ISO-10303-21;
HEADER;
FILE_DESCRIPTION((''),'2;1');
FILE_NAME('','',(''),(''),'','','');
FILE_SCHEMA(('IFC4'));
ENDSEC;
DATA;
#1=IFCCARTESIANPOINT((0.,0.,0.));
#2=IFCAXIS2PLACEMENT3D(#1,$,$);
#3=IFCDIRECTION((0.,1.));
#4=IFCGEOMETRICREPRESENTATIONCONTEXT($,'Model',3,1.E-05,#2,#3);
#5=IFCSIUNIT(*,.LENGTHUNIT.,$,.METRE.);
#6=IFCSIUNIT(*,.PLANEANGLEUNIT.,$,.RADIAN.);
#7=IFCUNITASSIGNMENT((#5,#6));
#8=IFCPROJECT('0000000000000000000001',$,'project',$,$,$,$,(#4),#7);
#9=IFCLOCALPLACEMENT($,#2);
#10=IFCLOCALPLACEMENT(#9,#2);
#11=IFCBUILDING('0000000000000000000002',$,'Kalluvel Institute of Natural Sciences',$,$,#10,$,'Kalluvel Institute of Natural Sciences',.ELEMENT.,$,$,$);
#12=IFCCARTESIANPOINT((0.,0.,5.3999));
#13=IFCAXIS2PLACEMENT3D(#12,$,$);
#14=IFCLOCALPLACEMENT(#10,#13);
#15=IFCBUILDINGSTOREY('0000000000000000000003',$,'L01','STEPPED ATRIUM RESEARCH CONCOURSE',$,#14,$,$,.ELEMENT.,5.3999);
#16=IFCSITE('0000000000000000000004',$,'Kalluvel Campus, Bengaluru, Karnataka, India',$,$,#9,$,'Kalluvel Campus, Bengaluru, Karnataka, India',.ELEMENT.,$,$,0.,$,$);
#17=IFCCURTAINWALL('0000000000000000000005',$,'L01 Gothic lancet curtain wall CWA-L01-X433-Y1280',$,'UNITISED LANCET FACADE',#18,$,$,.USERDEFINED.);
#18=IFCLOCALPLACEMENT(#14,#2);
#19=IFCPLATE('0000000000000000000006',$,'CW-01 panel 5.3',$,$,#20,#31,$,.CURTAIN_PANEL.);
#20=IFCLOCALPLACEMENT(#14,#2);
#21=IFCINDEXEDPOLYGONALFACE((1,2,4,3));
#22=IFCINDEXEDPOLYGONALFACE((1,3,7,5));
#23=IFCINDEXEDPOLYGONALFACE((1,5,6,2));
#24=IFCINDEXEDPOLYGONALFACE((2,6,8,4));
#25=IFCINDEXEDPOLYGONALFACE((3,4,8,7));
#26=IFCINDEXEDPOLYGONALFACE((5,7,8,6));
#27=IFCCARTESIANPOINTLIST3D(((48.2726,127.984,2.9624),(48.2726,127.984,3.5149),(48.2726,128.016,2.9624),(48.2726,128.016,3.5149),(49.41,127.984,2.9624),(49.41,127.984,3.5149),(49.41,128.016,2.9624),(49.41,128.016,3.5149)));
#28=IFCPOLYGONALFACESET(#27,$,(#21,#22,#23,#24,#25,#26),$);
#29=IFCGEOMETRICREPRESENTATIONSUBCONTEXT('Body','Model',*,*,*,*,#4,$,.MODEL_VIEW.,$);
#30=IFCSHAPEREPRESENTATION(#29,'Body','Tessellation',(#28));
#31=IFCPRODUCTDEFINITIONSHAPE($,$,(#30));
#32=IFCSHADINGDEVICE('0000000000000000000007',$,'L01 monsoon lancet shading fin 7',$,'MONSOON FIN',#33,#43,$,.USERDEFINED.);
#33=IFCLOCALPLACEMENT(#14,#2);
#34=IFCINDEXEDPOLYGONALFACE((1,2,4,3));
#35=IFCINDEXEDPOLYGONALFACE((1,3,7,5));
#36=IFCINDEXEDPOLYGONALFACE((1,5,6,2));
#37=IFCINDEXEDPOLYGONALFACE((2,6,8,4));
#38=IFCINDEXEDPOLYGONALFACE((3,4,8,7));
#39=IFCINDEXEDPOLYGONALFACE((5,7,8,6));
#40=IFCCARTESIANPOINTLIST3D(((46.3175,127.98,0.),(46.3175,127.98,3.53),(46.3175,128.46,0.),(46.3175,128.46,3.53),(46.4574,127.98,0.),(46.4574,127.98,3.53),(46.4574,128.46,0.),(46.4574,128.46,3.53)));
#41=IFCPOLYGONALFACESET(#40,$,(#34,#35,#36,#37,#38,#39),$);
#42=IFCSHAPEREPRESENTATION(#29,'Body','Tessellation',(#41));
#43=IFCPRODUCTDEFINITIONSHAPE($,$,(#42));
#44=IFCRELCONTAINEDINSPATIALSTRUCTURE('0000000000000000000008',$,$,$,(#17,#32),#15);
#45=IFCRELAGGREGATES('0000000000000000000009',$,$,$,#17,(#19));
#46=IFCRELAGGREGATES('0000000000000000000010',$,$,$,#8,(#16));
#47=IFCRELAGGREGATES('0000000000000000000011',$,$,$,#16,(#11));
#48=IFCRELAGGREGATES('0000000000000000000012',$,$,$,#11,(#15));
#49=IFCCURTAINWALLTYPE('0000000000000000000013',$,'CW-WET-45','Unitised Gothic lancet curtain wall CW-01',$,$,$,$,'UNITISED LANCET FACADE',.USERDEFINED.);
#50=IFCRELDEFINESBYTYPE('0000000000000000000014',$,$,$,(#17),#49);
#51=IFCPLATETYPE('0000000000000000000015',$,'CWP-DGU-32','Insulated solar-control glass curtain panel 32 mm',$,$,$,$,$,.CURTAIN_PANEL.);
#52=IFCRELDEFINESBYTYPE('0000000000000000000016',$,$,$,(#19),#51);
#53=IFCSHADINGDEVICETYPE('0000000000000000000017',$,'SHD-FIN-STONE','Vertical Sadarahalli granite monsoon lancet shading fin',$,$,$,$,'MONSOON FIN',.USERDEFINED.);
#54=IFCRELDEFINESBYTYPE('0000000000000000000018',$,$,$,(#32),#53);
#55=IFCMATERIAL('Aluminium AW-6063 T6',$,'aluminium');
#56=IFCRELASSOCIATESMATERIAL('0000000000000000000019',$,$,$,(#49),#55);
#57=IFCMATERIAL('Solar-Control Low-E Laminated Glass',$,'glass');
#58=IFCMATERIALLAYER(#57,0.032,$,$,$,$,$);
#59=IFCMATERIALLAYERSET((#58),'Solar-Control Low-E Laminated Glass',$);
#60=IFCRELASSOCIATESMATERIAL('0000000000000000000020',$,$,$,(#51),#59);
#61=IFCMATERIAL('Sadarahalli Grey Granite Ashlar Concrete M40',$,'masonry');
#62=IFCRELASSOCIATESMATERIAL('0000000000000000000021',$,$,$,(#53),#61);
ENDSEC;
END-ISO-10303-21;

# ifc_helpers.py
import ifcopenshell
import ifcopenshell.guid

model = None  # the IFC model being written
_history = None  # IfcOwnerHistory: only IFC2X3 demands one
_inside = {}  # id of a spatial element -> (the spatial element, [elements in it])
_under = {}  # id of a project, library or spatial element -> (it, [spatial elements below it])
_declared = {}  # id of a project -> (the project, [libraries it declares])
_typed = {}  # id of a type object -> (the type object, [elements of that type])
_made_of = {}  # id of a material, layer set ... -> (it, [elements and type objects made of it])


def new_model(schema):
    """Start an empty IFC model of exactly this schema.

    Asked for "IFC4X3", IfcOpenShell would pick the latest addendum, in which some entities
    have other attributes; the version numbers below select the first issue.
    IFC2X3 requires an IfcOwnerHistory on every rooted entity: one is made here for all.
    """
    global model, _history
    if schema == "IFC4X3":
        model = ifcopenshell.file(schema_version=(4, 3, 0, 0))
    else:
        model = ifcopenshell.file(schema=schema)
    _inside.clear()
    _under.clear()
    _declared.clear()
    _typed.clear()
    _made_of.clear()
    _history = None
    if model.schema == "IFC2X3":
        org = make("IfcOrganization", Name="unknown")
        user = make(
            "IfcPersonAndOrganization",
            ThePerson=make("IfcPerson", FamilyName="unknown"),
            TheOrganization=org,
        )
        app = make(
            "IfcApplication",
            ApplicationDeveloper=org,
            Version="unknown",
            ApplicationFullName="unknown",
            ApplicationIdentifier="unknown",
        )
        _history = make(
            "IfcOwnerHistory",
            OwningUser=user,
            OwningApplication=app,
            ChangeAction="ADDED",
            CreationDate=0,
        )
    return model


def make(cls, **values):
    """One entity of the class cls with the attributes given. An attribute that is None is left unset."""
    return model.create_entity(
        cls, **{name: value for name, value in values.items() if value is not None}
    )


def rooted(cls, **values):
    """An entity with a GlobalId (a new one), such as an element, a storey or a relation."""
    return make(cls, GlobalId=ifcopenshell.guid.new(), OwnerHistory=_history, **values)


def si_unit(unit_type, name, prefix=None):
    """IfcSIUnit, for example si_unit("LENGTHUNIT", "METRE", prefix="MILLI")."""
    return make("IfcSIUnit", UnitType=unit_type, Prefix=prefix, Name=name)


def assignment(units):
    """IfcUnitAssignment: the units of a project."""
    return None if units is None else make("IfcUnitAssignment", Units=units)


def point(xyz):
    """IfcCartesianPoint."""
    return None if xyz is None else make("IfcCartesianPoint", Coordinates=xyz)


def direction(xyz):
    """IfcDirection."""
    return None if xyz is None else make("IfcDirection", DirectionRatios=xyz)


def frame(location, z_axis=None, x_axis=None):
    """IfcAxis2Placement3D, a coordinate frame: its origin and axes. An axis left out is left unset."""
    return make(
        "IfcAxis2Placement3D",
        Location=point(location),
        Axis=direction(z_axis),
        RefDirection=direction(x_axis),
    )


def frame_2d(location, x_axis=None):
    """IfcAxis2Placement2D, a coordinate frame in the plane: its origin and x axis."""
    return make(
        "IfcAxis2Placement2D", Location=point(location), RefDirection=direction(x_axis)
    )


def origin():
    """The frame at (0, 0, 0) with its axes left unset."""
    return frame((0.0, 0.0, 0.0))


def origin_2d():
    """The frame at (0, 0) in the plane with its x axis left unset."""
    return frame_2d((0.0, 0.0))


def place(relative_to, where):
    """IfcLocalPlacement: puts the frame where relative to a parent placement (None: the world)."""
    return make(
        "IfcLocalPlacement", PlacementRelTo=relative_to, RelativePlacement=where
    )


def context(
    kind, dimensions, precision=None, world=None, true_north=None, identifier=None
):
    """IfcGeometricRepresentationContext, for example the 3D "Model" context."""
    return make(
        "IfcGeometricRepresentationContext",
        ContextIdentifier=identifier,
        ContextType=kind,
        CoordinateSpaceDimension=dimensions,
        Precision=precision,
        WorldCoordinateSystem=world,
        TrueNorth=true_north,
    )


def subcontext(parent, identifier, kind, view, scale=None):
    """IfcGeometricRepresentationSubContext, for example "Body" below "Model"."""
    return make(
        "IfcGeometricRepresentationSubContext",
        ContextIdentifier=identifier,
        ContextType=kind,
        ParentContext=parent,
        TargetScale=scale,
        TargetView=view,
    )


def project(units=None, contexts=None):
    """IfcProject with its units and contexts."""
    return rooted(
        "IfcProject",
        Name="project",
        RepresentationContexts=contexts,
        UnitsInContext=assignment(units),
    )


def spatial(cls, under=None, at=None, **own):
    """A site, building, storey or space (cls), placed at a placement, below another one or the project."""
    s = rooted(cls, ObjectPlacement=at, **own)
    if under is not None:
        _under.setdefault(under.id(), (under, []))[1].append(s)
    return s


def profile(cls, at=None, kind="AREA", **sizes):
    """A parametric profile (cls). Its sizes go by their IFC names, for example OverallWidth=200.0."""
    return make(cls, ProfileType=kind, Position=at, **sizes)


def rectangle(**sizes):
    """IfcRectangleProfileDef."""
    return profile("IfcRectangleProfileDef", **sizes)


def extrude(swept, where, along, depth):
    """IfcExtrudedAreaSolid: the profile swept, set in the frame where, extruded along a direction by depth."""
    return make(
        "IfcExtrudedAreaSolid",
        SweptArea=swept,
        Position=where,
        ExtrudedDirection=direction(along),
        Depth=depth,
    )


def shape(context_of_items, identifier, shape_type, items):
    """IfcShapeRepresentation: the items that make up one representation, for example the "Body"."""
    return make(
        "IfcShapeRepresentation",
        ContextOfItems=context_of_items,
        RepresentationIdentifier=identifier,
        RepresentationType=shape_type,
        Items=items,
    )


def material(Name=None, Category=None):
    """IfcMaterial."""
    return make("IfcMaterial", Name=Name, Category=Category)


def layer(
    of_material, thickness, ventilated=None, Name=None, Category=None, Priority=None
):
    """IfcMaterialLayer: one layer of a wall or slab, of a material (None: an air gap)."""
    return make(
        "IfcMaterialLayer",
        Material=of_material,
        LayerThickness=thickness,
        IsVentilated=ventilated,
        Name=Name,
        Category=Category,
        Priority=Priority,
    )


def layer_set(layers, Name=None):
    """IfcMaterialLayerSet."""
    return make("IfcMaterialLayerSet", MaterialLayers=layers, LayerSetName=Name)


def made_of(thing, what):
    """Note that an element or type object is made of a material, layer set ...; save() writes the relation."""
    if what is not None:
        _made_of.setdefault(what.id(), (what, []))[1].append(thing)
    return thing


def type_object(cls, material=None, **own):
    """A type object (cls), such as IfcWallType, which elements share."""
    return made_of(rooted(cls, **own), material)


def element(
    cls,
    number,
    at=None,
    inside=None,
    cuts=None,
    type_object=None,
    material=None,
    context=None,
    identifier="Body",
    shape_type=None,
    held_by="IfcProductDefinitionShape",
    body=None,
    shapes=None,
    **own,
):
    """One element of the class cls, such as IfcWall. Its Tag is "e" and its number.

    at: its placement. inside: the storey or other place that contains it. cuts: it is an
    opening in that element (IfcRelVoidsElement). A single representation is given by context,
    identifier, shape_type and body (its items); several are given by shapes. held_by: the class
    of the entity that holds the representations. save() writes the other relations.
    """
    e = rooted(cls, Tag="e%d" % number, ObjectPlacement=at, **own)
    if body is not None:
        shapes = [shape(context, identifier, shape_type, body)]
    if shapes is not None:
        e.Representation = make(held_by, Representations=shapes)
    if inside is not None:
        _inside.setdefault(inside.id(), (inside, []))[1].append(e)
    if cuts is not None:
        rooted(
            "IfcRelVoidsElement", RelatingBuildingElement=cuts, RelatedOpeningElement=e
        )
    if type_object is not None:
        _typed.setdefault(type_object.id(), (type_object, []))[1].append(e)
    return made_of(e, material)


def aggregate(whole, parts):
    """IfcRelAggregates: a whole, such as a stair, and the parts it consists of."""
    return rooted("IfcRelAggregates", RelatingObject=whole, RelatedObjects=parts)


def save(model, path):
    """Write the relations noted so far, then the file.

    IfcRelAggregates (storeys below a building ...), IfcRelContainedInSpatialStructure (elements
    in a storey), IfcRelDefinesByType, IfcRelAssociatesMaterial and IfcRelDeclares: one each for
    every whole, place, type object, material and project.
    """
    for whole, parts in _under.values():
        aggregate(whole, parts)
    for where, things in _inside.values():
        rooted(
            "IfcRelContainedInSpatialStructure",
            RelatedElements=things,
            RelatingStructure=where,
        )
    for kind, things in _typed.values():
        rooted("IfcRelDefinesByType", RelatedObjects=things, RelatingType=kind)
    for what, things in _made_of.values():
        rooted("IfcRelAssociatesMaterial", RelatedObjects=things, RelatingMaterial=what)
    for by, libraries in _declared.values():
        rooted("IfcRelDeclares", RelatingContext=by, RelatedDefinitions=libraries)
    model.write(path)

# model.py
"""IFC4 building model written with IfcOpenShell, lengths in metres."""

from ifc_helpers import new_model, si_unit, direction, frame, origin, origin_2d, place, context, subcontext, project, spatial, rectangle, extrude, material, layer, layer_set, type_object, element, aggregate, save


model = new_model("IFC4")

# Units and contexts
model_context = context("Model", 3, precision=1e-05, world=origin(), true_north=direction((0.0, 1.0)))
body_context = subcontext(model_context, "Body", "Model", "MODEL_VIEW")
ifc_project = project(units=[si_unit("LENGTHUNIT", "METRE"), si_unit("PLANEANGLEUNIT", "RADIAN")], contexts=[model_context])

# Site, building, storey
site_placement = place(None, origin())
site = spatial("IfcSite", under=ifc_project, at=site_placement, Name="Kalluvel Campus, Bengaluru, Karnataka, India", LongName="Kalluvel Campus, Bengaluru, Karnataka, India", CompositionType="ELEMENT", RefElevation=0.0)
building_placement = place(site_placement, origin())
building = spatial("IfcBuilding", under=site, at=building_placement, Name="Kalluvel Institute of Natural Sciences", LongName="Kalluvel Institute of Natural Sciences", CompositionType="ELEMENT")
storey_placement = place(building_placement, frame((0.0, 0.0, 5.3999)))
storey = spatial("IfcBuildingStorey", under=building, at=storey_placement, Name="L01", Description="STEPPED ATRIUM RESEARCH CONCOURSE", CompositionType="ELEMENT", Elevation=5.3999)

# Curtain wall, plate
ifc_material_1 = material(Name="Aluminium AW-6063 T6", Category="aluminium")
curtain_wall_type = type_object("IfcCurtainWallType", Name="CW-WET-45", Description="Unitised Gothic lancet curtain wall CW-01", ElementType="UNITISED LANCET FACADE", PredefinedType="USERDEFINED", material=ifc_material_1)
curtain_wall_placement = place(storey_placement, origin())
curtain_wall = element("IfcCurtainWall", 1, at=curtain_wall_placement, inside=storey, type_object=curtain_wall_type, Name="L01 Gothic lancet curtain wall CWA-L01-X433-Y1280", ObjectType="UNITISED LANCET FACADE", PredefinedType="USERDEFINED")
ifc_material_2 = material(Name="Solar-Control Low-E Laminated Glass", Category="glass")
ifc_layer = layer(ifc_material_2, 0.032)
ifc_layer_set = layer_set([ifc_layer], Name="Solar-Control Low-E Laminated Glass")
plate_type = type_object("IfcPlateType", Name="CWP-DGU-32", Description="Insulated solar-control glass curtain panel 32 mm", PredefinedType="CURTAIN_PANEL", material=ifc_layer_set)
plate_1_placement = place(storey_placement, frame((48.8413, 128.0, 2.9624), z_axis=(0.0, 0.0, 1.0), x_axis=(1.0, 0.0, 0.0)))
plate_1 = element("IfcPlate", 2, at=plate_1_placement, type_object=plate_type, Name="CW-01 panel 5.3", PredefinedType="CURTAIN_PANEL", context=body_context, shape_type="SweptSolid", body=[
    extrude(rectangle(XDim=1.1375, YDim=0.032, at=origin_2d()), origin(), (0.0, 0.0, 1.0), 0.5525),
])
aggregate(curtain_wall, [plate_1])

# Shading device
ifc_material_3 = material(Name="Sadarahalli Grey Granite Ashlar Concrete M40", Category="masonry")
shading_device_type = type_object("IfcShadingDeviceType", Name="SHD-FIN-STONE", Description="Vertical Sadarahalli granite monsoon lancet shading fin", ElementType="MONSOON FIN", PredefinedType="USERDEFINED", material=ifc_material_3)
shading_device_placement = place(storey_placement, frame((46.3875, 128.22, 0.0), z_axis=(0.0, 0.0, 1.0), x_axis=(1.0, 0.0, 0.0)))
element("IfcShadingDevice", 3, at=shading_device_placement, inside=storey, type_object=shading_device_type, Name="L01 monsoon lancet shading fin 7", ObjectType="MONSOON FIN", PredefinedType="USERDEFINED", context=body_context, shape_type="SweptSolid", body=[
    extrude(rectangle(XDim=0.1399, YDim=0.48, at=origin_2d()), origin(), (0.0, 0.0, 1.0), 3.53),
])

save(model, "model.ifc")
